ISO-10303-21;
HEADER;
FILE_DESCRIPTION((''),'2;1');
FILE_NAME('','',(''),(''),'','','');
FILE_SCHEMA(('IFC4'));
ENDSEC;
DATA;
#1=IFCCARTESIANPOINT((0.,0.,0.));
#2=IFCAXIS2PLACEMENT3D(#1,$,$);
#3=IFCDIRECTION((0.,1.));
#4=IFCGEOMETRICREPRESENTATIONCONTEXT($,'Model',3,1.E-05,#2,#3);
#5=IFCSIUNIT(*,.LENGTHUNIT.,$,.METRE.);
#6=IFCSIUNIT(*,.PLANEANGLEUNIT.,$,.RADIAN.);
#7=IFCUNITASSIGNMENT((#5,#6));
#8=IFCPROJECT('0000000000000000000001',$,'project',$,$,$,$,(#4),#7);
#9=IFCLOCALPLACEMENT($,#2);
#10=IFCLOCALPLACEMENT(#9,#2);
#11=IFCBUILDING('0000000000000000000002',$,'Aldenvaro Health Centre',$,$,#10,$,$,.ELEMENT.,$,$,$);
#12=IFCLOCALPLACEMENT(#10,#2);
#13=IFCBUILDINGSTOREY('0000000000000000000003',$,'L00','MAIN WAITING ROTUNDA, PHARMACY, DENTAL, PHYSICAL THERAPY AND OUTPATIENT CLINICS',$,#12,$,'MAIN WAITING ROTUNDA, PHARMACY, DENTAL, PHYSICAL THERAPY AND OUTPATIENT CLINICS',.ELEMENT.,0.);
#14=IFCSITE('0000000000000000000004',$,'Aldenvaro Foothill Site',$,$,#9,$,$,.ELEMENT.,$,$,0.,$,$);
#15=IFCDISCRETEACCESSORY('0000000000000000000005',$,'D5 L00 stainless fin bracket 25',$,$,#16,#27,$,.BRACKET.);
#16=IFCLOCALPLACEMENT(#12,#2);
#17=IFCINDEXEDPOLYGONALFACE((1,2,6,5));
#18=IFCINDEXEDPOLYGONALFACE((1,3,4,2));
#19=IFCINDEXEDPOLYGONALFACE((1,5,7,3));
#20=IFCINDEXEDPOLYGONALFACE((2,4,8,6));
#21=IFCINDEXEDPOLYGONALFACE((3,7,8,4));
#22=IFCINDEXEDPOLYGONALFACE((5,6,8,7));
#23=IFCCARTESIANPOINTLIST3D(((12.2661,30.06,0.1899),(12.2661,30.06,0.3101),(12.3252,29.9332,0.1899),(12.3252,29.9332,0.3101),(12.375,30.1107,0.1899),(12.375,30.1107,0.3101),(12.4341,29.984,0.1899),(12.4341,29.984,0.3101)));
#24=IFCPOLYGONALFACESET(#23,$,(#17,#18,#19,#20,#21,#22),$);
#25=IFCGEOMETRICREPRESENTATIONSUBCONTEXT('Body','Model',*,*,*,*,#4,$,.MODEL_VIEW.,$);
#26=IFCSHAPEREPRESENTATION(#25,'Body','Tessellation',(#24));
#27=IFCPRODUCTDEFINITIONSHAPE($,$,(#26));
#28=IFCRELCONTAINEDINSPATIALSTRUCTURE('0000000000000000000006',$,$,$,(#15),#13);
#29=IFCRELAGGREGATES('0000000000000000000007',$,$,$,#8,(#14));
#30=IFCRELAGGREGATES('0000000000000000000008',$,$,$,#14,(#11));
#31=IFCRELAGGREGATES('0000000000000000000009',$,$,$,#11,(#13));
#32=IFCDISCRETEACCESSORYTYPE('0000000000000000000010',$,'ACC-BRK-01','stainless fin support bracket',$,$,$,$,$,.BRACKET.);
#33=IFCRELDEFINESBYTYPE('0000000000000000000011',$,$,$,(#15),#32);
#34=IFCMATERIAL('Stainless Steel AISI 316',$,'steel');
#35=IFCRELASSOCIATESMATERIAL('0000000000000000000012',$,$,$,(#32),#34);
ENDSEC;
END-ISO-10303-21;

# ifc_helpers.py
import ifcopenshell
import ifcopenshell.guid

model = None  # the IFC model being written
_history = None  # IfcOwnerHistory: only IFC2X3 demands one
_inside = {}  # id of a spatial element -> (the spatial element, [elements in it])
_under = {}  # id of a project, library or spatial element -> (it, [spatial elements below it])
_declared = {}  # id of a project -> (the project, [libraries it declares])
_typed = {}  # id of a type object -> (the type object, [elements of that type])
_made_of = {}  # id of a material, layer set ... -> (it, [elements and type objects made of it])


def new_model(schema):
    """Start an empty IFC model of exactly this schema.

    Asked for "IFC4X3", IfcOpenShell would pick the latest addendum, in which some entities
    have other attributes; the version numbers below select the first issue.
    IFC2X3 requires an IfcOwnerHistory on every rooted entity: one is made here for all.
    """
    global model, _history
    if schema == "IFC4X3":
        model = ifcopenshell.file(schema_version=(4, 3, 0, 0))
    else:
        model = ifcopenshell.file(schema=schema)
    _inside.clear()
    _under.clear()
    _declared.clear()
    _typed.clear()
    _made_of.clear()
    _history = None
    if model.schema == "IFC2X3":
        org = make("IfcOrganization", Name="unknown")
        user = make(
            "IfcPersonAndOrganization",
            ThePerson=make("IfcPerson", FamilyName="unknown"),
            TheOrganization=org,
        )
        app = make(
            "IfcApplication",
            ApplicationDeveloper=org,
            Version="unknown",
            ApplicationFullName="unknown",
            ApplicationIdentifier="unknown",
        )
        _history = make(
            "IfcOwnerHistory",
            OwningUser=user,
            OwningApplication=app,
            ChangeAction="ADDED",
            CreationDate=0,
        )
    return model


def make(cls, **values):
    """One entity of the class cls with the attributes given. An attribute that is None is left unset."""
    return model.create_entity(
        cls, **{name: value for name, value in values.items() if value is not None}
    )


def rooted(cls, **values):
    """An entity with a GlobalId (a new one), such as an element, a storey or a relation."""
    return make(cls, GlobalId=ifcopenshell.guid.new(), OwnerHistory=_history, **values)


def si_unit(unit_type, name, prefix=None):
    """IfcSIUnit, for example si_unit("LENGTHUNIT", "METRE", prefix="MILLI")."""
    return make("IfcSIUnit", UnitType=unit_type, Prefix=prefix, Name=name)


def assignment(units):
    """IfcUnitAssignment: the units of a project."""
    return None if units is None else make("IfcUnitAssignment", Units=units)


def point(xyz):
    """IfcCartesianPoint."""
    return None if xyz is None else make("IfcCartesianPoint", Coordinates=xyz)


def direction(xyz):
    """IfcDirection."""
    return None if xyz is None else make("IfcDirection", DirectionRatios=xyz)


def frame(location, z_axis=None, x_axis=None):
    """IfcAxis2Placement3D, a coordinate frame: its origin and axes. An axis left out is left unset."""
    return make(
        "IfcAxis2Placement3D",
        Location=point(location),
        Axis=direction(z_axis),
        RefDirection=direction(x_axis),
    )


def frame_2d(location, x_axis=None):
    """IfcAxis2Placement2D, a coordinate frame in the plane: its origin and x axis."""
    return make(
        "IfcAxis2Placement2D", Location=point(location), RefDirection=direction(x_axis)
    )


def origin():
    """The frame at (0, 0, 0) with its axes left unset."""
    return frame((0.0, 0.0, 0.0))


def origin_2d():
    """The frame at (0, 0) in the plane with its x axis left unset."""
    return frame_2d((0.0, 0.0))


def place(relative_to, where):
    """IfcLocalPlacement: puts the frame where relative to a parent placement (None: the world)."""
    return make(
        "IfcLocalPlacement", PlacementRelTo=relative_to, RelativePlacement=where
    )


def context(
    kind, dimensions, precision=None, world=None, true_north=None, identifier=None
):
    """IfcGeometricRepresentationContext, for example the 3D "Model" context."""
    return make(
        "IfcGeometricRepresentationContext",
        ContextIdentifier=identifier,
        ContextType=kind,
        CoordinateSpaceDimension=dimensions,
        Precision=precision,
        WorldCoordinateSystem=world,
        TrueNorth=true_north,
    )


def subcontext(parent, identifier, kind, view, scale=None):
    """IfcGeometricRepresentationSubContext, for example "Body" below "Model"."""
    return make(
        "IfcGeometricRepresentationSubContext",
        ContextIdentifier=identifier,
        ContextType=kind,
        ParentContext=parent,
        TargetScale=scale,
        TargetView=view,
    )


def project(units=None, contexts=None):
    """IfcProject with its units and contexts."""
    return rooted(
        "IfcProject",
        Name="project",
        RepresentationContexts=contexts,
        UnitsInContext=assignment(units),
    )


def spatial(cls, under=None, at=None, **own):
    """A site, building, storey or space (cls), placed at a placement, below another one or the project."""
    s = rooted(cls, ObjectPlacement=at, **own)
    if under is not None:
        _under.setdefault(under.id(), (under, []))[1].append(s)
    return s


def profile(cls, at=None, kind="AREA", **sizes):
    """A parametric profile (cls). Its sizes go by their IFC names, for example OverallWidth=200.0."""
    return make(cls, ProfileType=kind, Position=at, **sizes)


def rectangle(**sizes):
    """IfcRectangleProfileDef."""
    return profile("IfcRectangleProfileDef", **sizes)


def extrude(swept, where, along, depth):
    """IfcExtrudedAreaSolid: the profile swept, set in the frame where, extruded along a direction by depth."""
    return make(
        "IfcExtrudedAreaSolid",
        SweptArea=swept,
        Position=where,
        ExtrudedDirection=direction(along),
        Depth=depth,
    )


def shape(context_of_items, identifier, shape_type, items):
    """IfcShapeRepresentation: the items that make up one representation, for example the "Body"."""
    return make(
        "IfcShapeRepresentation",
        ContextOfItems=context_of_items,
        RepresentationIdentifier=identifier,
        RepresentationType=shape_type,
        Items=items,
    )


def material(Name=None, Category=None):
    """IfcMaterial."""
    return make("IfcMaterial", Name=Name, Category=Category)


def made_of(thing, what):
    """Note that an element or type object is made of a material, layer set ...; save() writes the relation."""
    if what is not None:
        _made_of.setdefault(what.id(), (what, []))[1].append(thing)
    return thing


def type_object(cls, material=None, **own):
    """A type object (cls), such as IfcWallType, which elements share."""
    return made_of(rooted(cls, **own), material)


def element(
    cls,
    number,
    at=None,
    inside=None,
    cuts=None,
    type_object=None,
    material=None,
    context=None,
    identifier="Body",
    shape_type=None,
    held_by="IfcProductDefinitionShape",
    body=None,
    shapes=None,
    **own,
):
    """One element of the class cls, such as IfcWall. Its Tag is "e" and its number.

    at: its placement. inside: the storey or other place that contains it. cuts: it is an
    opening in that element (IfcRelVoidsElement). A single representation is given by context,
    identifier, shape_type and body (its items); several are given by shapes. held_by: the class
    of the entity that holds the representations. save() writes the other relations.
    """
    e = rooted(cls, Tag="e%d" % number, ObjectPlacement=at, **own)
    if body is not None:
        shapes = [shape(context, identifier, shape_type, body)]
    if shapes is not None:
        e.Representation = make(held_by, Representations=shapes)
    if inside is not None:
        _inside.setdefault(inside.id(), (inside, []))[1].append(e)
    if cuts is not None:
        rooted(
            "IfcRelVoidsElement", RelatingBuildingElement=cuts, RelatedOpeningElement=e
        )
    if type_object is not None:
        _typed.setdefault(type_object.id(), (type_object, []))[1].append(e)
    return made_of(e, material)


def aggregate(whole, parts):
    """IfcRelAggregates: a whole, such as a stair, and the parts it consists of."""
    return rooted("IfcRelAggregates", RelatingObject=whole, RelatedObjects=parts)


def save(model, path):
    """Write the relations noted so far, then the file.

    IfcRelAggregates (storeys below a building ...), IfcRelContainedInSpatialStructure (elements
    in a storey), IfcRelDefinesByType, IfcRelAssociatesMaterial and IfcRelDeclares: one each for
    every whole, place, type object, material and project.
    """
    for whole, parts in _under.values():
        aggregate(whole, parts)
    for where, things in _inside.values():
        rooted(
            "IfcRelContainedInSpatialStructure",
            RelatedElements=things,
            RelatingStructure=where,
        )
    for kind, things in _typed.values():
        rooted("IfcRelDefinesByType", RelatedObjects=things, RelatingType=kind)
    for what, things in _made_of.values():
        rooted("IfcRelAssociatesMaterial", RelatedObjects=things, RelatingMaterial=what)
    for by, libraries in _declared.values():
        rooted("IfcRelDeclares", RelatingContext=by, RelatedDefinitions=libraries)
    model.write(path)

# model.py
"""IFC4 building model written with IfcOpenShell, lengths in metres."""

from ifc_helpers import new_model, si_unit, direction, frame, origin, origin_2d, place, context, subcontext, project, spatial, rectangle, extrude, material, type_object, element, save


model = new_model("IFC4")

# Units and contexts
model_context = context("Model", 3, precision=1e-05, world=origin(), true_north=direction((0.0, 1.0)))
body_context = subcontext(model_context, "Body", "Model", "MODEL_VIEW")
ifc_project = project(units=[si_unit("LENGTHUNIT", "METRE"), si_unit("PLANEANGLEUNIT", "RADIAN")], contexts=[model_context])

# Site, building, storey
site_placement = place(None, origin())
site = spatial("IfcSite", under=ifc_project, at=site_placement, Name="Aldenvaro Foothill Site", CompositionType="ELEMENT", RefElevation=0.0)
building_placement = place(site_placement, origin())
building = spatial("IfcBuilding", under=site, at=building_placement, Name="Aldenvaro Health Centre", CompositionType="ELEMENT")
storey_placement = place(building_placement, origin())
storey = spatial("IfcBuildingStorey", under=building, at=storey_placement, Name="L00", Description="MAIN WAITING ROTUNDA, PHARMACY, DENTAL, PHYSICAL THERAPY AND OUTPATIENT CLINICS", LongName="MAIN WAITING ROTUNDA, PHARMACY, DENTAL, PHYSICAL THERAPY AND OUTPATIENT CLINICS", CompositionType="ELEMENT", Elevation=0.0)

# Discrete accessory
ifc_material_1 = material(Name="Stainless Steel AISI 316", Category="steel")
discrete_accessory_type = type_object("IfcDiscreteAccessoryType", Name="ACC-BRK-01", Description="stainless fin support bracket", PredefinedType="BRACKET", material=ifc_material_1)
discrete_accessory_placement = place(storey_placement, frame((12.3501, 30.022, 0.1899), z_axis=(0.0, 0.0, 1.0), x_axis=(0.906365, 0.422496, 0.0)))
element("IfcDiscreteAccessory", 1, at=discrete_accessory_placement, inside=storey, type_object=discrete_accessory_type, Name="D5 L00 stainless fin bracket 25", PredefinedType="BRACKET", context=body_context, shape_type="SweptSolid", body=[
    extrude(rectangle(XDim=0.1201, YDim=0.1399, at=origin_2d()), origin(), (0.0, 0.0, 1.0), 0.1201),
])

save(model, "model.ifc")
